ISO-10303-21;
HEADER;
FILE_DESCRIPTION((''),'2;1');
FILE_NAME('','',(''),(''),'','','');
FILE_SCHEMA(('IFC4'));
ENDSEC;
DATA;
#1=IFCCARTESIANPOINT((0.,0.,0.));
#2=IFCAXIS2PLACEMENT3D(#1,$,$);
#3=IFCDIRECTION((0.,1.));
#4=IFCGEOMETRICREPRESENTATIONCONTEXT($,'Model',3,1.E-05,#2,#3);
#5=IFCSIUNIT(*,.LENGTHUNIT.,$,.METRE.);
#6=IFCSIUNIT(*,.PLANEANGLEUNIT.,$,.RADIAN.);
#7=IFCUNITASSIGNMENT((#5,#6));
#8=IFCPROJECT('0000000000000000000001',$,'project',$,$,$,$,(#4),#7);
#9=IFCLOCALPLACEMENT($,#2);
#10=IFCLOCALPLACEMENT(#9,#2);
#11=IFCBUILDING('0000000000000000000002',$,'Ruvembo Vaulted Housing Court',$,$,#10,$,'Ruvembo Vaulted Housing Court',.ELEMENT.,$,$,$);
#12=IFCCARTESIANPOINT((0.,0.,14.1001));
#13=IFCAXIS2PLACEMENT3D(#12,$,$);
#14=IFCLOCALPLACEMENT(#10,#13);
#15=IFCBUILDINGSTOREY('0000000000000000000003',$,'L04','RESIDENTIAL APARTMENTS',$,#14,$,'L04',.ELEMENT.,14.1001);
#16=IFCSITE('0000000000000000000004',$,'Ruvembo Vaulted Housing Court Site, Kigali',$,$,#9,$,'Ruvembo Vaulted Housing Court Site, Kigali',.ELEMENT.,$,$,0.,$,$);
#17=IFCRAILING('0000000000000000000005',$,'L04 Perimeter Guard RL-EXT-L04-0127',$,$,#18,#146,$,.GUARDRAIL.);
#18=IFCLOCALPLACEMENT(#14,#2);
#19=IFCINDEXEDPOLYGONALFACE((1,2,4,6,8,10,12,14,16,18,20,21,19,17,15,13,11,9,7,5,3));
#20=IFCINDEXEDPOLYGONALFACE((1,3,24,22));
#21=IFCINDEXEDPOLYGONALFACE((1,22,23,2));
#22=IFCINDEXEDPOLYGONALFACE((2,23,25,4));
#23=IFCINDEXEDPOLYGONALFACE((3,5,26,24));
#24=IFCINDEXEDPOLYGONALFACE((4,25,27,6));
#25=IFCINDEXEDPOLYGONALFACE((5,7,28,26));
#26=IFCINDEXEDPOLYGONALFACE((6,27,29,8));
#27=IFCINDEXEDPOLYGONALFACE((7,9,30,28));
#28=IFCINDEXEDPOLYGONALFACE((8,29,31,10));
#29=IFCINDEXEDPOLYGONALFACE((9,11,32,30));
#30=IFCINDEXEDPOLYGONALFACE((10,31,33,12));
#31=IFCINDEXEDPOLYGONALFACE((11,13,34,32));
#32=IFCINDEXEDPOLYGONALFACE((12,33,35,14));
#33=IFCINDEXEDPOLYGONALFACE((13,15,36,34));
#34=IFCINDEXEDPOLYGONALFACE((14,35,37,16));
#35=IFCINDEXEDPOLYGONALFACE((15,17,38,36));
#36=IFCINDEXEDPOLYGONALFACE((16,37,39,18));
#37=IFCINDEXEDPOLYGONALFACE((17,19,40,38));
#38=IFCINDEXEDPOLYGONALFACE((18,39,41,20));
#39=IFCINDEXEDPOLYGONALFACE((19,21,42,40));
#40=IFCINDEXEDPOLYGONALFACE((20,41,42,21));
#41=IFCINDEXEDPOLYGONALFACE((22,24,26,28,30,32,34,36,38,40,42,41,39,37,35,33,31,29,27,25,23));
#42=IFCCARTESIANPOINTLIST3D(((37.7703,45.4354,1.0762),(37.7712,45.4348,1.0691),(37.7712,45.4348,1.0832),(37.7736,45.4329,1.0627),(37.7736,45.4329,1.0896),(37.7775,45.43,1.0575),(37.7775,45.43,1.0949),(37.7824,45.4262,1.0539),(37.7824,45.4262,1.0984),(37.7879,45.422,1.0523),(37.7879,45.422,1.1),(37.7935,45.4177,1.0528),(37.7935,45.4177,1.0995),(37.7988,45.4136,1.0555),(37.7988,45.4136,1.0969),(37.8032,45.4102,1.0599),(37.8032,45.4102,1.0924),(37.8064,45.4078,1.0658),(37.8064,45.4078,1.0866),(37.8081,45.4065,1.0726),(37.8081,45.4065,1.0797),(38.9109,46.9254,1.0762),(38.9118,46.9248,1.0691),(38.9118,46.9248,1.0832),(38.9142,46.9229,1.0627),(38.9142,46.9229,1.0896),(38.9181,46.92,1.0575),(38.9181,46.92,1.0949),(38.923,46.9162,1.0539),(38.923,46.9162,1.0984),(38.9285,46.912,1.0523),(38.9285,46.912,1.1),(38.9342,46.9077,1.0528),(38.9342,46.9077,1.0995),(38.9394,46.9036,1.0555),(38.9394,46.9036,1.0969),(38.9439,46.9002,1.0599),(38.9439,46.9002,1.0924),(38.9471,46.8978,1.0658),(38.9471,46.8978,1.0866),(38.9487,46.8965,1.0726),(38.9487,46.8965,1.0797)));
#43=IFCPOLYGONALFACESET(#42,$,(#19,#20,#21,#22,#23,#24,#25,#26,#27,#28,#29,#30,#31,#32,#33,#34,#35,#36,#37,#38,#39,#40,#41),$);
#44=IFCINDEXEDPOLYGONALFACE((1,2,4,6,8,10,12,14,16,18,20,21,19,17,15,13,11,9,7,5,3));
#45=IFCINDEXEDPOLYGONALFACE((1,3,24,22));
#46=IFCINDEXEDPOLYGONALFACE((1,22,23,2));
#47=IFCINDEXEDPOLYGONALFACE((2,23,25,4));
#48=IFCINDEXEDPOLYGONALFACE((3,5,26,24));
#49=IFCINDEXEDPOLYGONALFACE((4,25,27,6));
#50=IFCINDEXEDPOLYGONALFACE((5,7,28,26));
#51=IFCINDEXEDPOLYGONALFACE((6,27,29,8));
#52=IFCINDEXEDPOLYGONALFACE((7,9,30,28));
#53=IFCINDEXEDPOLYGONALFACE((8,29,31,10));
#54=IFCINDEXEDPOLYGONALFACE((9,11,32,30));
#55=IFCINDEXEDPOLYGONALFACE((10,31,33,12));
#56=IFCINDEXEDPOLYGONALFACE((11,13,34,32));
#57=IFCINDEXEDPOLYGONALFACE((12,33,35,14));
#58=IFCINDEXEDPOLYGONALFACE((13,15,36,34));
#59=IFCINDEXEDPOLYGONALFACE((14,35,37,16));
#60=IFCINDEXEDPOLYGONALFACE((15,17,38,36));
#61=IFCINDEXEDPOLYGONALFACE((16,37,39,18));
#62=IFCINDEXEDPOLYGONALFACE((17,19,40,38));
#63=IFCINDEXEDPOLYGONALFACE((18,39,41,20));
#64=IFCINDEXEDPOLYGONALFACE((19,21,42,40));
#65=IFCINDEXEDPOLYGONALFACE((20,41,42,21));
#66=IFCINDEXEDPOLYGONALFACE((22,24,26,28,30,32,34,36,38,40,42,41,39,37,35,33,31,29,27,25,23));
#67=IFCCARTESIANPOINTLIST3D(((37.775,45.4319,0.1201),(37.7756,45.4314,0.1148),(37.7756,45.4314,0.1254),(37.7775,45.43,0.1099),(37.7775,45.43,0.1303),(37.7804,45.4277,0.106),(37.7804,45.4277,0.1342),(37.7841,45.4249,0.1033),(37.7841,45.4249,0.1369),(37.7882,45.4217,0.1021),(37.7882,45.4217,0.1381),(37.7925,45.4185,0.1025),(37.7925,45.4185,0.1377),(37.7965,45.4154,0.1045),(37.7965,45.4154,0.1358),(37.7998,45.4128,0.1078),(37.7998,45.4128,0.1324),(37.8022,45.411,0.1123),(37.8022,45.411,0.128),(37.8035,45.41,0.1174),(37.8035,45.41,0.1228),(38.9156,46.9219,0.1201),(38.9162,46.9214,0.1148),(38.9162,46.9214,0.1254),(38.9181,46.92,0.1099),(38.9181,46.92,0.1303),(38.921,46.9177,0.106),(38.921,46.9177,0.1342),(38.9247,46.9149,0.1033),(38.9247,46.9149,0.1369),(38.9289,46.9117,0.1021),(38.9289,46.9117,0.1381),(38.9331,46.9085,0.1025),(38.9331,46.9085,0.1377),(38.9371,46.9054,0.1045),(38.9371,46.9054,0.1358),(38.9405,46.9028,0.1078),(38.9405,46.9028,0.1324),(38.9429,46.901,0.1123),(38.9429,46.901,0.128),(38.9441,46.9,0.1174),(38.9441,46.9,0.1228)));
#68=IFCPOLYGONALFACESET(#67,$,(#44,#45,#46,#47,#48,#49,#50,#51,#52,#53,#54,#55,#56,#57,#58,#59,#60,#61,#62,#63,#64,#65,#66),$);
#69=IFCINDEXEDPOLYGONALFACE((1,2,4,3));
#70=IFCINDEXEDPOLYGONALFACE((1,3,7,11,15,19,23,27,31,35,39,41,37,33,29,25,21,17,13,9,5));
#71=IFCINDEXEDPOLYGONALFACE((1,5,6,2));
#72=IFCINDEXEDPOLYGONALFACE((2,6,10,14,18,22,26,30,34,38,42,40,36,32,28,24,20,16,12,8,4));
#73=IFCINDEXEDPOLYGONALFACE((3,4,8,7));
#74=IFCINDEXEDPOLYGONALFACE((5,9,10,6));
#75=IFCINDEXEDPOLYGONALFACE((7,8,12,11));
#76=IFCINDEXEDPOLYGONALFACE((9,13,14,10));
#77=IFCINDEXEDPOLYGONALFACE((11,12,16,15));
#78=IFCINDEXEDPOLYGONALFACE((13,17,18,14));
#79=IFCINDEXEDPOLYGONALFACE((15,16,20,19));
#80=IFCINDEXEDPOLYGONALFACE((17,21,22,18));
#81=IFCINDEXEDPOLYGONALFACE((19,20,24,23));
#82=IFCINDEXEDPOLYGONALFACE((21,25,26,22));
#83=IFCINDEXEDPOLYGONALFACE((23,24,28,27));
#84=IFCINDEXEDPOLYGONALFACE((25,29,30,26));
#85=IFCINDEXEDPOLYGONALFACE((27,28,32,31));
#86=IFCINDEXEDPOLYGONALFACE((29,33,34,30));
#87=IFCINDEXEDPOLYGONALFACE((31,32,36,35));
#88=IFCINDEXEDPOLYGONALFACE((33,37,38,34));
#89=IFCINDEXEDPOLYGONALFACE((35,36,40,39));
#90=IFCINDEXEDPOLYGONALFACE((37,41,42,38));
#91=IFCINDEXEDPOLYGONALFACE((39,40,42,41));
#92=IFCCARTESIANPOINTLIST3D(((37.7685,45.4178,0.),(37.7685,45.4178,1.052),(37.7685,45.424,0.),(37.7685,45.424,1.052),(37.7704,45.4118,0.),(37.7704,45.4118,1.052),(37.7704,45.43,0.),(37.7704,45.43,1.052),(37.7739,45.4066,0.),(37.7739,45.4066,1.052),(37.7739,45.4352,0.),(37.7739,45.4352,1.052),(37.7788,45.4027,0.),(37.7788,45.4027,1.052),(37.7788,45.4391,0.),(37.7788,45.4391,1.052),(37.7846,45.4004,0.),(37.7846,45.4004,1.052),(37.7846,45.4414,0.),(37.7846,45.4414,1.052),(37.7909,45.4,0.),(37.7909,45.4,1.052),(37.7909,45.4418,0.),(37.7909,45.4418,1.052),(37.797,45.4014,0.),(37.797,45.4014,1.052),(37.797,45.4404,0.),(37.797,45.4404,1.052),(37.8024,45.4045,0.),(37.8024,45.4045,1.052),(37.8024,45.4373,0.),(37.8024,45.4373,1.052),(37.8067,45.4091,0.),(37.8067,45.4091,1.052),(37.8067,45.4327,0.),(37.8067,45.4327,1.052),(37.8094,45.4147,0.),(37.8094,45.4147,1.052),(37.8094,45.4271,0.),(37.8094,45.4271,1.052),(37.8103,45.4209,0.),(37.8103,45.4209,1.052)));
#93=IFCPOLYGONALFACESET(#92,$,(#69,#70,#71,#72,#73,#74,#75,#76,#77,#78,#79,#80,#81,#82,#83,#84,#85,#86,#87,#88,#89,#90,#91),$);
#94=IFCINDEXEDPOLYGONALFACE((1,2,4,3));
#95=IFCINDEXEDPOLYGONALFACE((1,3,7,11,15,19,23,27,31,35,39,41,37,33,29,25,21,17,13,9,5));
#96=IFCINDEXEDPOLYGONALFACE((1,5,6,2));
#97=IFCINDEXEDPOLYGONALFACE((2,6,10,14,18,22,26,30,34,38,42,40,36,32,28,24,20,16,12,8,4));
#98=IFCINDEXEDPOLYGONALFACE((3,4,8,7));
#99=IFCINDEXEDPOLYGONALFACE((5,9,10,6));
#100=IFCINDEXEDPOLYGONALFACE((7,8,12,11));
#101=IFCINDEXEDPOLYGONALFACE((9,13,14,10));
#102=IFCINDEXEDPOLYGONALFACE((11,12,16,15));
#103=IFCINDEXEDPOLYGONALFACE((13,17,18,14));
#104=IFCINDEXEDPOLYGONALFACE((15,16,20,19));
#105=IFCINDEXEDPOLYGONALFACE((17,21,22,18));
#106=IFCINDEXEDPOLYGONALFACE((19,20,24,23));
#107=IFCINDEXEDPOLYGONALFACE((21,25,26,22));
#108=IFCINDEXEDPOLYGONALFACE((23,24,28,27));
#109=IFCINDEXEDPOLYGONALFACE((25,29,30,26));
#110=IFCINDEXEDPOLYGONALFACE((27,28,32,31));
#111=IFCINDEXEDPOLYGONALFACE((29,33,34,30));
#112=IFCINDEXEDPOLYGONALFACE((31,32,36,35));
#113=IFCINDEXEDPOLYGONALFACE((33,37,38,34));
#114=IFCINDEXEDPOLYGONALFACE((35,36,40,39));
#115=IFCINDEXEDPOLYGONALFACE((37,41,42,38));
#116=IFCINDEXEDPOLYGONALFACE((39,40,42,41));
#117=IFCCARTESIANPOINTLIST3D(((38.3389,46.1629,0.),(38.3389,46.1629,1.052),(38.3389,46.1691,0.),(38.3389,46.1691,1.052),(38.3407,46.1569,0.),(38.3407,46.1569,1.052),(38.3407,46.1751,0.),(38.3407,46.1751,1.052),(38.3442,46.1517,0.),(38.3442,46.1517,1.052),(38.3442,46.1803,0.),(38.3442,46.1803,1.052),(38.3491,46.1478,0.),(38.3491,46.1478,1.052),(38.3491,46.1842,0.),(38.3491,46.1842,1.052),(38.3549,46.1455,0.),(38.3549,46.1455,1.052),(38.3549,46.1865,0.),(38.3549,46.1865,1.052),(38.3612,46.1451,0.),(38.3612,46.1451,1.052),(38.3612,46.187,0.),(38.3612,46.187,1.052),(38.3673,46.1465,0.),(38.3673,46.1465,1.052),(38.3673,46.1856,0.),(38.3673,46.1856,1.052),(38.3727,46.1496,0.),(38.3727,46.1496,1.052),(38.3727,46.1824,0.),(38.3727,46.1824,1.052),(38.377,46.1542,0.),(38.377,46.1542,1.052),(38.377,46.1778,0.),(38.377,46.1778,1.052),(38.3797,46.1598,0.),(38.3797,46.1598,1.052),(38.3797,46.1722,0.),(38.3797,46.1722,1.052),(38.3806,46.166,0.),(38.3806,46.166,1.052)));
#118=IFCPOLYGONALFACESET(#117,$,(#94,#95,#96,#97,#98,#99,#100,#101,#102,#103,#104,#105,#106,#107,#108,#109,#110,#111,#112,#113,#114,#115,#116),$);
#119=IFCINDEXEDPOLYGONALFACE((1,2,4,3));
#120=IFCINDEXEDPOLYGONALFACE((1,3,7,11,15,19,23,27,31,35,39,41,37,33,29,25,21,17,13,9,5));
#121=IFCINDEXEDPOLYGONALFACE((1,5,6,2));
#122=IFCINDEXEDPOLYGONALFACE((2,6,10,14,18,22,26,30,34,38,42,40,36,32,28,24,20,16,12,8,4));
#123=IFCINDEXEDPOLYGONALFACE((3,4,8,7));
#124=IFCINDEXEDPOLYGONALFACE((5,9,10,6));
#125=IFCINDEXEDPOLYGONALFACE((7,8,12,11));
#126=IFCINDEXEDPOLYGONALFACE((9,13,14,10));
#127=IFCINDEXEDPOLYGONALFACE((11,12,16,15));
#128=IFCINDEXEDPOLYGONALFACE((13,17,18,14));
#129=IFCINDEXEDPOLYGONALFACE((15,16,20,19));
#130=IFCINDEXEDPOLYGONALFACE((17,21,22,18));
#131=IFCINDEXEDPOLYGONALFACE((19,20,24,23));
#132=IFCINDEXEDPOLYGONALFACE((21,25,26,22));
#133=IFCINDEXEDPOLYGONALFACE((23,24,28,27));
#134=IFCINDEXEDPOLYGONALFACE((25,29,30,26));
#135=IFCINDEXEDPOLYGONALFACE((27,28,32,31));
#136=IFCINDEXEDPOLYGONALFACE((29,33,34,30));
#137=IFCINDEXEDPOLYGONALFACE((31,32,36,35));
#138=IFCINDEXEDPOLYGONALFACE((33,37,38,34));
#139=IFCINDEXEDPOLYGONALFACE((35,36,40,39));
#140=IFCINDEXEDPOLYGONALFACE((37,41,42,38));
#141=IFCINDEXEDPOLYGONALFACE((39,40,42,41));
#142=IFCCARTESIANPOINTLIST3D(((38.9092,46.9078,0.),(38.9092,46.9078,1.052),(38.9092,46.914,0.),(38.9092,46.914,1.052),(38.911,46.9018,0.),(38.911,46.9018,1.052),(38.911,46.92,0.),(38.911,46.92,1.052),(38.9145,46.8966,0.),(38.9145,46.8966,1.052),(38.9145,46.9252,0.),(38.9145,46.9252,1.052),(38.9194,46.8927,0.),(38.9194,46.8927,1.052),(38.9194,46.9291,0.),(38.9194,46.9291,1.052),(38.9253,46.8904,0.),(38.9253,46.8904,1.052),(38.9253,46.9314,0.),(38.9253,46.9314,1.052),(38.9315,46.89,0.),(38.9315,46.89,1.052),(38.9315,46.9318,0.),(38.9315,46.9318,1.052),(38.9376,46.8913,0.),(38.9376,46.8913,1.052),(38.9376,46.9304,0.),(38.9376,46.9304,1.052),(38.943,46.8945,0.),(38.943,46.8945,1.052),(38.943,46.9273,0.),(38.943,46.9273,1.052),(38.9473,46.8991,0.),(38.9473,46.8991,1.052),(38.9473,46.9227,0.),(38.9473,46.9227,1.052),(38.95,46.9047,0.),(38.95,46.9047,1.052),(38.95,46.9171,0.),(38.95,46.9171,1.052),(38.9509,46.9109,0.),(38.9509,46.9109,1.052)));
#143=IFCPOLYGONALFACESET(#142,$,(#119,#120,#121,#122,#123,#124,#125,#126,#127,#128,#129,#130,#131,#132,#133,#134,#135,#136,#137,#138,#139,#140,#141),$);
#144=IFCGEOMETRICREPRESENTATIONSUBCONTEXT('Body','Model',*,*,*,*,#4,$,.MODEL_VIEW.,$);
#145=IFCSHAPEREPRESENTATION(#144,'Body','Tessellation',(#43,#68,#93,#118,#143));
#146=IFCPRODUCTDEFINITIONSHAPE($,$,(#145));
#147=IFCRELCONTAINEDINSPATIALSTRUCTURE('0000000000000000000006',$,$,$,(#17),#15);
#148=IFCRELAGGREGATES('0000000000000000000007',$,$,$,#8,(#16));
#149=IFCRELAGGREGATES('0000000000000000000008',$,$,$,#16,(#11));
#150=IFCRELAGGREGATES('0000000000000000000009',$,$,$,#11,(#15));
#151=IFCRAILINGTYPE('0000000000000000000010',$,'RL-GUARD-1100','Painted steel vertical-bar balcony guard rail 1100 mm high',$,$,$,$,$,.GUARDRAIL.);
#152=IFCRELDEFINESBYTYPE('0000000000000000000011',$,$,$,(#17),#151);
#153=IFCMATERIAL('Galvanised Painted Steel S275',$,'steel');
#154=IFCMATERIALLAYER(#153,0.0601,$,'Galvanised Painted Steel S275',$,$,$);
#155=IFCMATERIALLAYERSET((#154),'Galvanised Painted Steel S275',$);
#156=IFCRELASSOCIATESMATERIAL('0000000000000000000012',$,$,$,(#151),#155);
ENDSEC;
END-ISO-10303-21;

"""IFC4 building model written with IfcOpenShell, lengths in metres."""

from ifc_helpers import new_model, si_unit, direction, frame, origin, origin_2d, place, context, subcontext, project, spatial, circle, extrude, material, layer, layer_set, type_object, element, save


model = new_model("IFC4")

# Units and contexts
model_context = context("Model", 3, precision=1e-05, world=origin(), true_north=direction((0.0, 1.0)))
body_context = subcontext(model_context, "Body", "Model", "MODEL_VIEW")
ifc_project = project(units=[si_unit("LENGTHUNIT", "METRE"), si_unit("PLANEANGLEUNIT", "RADIAN")], contexts=[model_context])

# Site, building, storey
site_placement = place(None, origin())
site = spatial("IfcSite", under=ifc_project, at=site_placement, Name="Ruvembo Vaulted Housing Court Site, Kigali", LongName="Ruvembo Vaulted Housing Court Site, Kigali", CompositionType="ELEMENT", RefElevation=0.0)
building_placement = place(site_placement, origin())
building = spatial("IfcBuilding", under=site, at=building_placement, Name="Ruvembo Vaulted Housing Court", LongName="Ruvembo Vaulted Housing Court", CompositionType="ELEMENT")
storey_placement = place(building_placement, frame((0.0, 0.0, 14.1001)))
storey = spatial("IfcBuildingStorey", under=building, at=storey_placement, Name="L04", Description="RESIDENTIAL APARTMENTS", LongName="L04", CompositionType="ELEMENT", Elevation=14.1001)

# Railing
ifc_material_1 = material(Name="Galvanised Painted Steel S275", Category="steel")
ifc_layer_1 = layer(ifc_material_1, 0.0601, Name="Galvanised Painted Steel S275")
ifc_layer_set_1 = layer_set([ifc_layer_1], Name="Galvanised Painted Steel S275")
railing_type = type_object("IfcRailingType", Name="RL-GUARD-1100", Description="Painted steel vertical-bar balcony guard rail 1100 mm high", PredefinedType="GUARDRAIL", material=ifc_layer_set_1)
railing_1_placement = place(storey_placement, frame((37.7893, 45.4209, 0.0)))
element("IfcRailing", 1, at=railing_1_placement, inside=storey, type_object=railing_type, Name="L04 Perimeter Guard RL-EXT-L04-0127", PredefinedType="GUARDRAIL", context=body_context, shape_type="SweptSolid", body=[
    extrude(circle(Radius=0.0239, at=origin_2d()), frame((0.0, 0.0, 1.0762), z_axis=(0.607861, 0.794044, 0.0), x_axis=(-0.794044, 0.607861, 0.0)), (0.0, 0.0, 1.0), 1.8765),
    extrude(circle(Radius=0.0181, at=origin_2d()), frame((0.0, 0.0, 0.1201), z_axis=(0.607861, 0.794044, 0.0), x_axis=(-0.794044, 0.607861, 0.0)), (0.0, 0.0, 1.0), 1.8765),
    extrude(circle(Radius=0.021, at=origin_2d()), origin(), (0.0, 0.0, 1.0), 1.052),
    extrude(circle(Radius=0.021, at=origin_2d()), frame((0.5703, 0.7451, 0.0)), (0.0, 0.0, 1.0), 1.052),
    extrude(circle(Radius=0.021, at=origin_2d()), frame((1.1406, 1.49, 0.0)), (0.0, 0.0, 1.0), 1.052),
])

save(model, "model.ifc")
